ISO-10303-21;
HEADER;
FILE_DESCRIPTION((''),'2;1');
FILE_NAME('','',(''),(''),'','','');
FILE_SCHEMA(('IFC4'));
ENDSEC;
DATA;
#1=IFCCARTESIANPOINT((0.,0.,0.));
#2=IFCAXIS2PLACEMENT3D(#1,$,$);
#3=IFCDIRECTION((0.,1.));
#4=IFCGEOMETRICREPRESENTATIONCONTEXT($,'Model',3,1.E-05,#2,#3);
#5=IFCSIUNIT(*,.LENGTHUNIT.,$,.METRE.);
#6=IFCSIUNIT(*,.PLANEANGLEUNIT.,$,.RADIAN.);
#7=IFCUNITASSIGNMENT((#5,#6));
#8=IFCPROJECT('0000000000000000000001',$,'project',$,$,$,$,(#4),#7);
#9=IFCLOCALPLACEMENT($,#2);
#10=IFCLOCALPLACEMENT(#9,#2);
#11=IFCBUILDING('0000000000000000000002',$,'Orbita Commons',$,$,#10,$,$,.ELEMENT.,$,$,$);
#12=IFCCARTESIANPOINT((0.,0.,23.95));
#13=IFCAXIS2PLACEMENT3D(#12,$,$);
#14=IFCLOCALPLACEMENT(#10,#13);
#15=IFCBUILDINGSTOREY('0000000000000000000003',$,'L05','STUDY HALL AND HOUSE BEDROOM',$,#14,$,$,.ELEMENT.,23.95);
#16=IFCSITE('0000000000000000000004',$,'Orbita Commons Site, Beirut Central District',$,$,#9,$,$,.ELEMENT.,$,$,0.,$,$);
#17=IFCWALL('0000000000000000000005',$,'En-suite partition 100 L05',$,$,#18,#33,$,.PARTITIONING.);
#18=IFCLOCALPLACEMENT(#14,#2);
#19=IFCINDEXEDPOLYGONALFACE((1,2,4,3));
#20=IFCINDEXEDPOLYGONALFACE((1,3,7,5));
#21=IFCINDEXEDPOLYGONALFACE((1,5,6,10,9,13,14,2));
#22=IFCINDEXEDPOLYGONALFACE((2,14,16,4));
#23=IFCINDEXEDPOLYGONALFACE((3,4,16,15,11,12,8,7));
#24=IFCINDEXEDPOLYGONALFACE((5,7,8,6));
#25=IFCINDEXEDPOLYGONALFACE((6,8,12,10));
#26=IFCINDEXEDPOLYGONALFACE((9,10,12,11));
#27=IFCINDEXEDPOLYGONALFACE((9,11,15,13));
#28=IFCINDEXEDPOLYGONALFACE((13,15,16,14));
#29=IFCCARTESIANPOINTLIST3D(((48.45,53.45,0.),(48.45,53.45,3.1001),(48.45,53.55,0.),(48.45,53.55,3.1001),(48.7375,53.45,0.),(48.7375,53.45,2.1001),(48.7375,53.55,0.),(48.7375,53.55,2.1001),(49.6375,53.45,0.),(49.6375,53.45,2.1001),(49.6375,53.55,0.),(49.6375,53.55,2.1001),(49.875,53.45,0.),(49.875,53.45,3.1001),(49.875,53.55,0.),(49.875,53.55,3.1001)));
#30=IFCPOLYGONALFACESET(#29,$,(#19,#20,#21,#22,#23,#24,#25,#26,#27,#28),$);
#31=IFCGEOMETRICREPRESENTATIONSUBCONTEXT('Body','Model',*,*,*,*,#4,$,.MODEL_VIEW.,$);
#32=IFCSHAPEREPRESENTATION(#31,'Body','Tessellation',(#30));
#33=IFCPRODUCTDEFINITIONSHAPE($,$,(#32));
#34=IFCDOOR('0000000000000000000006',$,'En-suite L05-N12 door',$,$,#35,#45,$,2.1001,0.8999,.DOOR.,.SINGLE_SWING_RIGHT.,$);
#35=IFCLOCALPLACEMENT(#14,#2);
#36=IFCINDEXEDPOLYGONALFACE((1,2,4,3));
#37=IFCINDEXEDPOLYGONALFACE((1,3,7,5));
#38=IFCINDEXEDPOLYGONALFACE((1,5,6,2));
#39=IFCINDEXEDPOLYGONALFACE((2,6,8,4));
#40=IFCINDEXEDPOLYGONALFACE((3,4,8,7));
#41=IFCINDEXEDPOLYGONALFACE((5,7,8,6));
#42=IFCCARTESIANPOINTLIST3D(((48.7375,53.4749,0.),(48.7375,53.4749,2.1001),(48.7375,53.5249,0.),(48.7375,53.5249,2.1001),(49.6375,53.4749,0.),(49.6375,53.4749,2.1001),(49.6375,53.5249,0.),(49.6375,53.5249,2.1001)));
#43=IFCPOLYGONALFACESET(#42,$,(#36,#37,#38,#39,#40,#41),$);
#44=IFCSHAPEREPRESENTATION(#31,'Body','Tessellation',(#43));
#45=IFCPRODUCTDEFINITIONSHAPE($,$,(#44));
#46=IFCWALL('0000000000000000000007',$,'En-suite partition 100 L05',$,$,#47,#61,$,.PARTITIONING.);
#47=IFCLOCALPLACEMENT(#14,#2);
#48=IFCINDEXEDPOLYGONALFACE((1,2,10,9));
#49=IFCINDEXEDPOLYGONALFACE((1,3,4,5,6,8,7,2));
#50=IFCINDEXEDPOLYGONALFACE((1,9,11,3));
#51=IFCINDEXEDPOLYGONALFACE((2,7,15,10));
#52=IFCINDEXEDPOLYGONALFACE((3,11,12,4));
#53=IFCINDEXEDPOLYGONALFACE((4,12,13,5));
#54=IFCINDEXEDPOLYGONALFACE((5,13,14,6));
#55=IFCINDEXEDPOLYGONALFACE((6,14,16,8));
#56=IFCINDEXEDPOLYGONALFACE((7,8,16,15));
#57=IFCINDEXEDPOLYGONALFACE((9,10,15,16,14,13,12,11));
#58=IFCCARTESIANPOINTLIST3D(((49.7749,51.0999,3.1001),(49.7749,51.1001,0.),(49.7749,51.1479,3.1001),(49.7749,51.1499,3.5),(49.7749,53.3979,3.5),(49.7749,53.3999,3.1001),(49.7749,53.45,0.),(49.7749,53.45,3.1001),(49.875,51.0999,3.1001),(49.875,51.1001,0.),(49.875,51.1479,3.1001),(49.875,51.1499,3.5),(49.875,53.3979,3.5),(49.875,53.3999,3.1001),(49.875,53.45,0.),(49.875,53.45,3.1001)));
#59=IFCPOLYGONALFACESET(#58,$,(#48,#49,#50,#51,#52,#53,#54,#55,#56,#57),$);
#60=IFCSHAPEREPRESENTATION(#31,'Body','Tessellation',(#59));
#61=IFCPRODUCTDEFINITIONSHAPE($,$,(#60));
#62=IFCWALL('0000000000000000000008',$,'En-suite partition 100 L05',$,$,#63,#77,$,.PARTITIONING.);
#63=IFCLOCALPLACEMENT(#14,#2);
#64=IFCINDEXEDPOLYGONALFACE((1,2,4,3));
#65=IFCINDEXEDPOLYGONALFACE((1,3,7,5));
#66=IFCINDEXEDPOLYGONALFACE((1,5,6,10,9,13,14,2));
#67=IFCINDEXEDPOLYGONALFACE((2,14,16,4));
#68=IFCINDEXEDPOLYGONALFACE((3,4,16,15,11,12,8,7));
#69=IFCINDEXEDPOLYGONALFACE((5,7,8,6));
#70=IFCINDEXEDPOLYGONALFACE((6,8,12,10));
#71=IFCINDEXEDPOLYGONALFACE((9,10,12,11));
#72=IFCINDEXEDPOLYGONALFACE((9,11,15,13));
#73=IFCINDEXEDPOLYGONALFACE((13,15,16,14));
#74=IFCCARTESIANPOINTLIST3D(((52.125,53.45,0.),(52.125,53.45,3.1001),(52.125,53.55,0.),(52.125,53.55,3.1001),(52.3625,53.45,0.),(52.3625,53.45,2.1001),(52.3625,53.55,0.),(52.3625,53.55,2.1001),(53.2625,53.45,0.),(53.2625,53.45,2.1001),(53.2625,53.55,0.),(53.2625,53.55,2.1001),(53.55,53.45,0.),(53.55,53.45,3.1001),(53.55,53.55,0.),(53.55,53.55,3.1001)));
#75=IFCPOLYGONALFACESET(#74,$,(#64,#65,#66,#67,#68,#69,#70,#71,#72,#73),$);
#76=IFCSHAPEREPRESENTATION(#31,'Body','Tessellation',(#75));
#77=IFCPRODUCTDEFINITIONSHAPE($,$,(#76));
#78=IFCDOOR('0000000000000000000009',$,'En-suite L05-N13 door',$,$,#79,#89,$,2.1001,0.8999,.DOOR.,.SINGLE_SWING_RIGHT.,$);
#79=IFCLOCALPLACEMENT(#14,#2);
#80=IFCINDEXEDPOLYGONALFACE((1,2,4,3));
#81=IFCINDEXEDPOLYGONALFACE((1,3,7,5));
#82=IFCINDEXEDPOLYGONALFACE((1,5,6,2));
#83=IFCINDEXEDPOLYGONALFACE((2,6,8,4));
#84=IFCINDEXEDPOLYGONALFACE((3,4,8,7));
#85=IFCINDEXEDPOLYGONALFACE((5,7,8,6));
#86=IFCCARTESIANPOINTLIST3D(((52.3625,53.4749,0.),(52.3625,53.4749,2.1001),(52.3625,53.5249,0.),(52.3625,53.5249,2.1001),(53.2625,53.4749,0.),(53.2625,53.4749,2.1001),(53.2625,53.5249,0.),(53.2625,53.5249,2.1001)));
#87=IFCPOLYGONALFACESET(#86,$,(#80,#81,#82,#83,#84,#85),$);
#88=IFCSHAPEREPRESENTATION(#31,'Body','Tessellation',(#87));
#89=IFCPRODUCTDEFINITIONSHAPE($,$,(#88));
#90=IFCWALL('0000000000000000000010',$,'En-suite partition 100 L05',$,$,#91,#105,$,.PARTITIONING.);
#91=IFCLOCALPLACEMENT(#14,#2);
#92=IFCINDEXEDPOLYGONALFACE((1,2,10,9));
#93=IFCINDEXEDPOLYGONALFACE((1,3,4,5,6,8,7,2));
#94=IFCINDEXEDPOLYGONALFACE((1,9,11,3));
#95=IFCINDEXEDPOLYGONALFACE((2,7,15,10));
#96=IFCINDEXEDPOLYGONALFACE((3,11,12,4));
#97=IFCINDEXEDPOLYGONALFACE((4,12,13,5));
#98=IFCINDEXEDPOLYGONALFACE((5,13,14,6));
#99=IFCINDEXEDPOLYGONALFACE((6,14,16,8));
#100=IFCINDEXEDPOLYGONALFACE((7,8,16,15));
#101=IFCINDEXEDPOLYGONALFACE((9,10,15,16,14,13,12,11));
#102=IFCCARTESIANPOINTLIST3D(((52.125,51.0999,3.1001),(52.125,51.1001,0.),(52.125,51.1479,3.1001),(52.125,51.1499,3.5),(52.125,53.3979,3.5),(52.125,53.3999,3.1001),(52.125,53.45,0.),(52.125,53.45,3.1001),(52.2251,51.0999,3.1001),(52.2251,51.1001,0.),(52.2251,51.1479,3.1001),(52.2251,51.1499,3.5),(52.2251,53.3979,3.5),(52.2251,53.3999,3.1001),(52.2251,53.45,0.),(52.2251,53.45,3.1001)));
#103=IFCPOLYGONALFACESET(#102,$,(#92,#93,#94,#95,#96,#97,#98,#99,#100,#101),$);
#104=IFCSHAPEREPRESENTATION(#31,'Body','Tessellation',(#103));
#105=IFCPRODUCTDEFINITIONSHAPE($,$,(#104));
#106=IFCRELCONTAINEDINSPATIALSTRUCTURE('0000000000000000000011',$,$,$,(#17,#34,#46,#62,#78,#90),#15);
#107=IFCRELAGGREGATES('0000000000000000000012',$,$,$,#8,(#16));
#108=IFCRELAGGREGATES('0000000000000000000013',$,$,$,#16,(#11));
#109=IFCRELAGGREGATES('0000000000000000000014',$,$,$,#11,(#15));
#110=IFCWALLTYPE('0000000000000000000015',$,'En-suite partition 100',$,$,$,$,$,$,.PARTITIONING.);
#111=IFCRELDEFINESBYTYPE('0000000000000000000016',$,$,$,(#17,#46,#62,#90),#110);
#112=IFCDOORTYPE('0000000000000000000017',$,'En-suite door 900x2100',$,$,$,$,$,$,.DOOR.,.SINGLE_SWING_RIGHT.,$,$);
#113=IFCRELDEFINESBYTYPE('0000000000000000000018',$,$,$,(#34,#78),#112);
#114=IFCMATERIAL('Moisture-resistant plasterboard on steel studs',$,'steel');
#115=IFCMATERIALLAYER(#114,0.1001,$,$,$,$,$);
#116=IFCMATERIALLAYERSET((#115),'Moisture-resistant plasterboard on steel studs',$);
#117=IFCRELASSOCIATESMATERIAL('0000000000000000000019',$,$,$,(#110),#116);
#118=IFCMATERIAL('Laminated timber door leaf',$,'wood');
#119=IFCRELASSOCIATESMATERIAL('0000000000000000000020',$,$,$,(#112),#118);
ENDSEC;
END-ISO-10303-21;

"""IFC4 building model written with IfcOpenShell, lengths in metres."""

from ifc_helpers import new_model, si_unit, direction, frame, frame_2d, origin, place, context, subcontext, project, spatial, polyline, rectangle, outline, extrude, material, layer, layer_set, type_object, element, fill, save


model = new_model("IFC4")

# Units and contexts
model_context = context("Model", 3, precision=1e-05, world=origin(), true_north=direction((0.0, 1.0)))
body_context = subcontext(model_context, "Body", "Model", "MODEL_VIEW")
ifc_project = project(units=[si_unit("LENGTHUNIT", "METRE"), si_unit("PLANEANGLEUNIT", "RADIAN")], contexts=[model_context])

# Site, building, storey
site_placement = place(None, origin())
site = spatial("IfcSite", under=ifc_project, at=site_placement, Name="Orbita Commons Site, Beirut Central District", CompositionType="ELEMENT", RefElevation=0.0)
building_placement = place(site_placement, origin())
building = spatial("IfcBuilding", under=site, at=building_placement, Name="Orbita Commons", CompositionType="ELEMENT")
storey_placement = place(building_placement, frame((0.0, 0.0, 23.95)))
storey = spatial("IfcBuildingStorey", under=building, at=storey_placement, Name="L05", Description="STUDY HALL AND HOUSE BEDROOM", CompositionType="ELEMENT", Elevation=23.95)

# Wall, opening, door
ifc_material_1 = material(Name="Moisture-resistant plasterboard on steel studs", Category="steel")
ifc_layer_1 = layer(ifc_material_1, 0.1001)
ifc_layer_set_1 = layer_set([ifc_layer_1], Name="Moisture-resistant plasterboard on steel studs")
wall_type_1 = type_object("IfcWallType", Name="En-suite partition 100", PredefinedType="PARTITIONING", material=ifc_layer_set_1)
wall_1_placement = place(storey_placement, frame((48.45, 53.5, 0.0), z_axis=(0.0, 0.0, 1.0), x_axis=(1.0, 0.0, 0.0)))
wall_1 = element("IfcWall", 1, at=wall_1_placement, inside=storey, type_object=wall_type_1, Name="En-suite partition 100 L05", PredefinedType="PARTITIONING", context=body_context, shape_type="SweptSolid", body=[
    extrude(outline(polyline([(0.0, 0.0), (1.425, 0.0), (1.425, 3.1001), (0.0, 3.1001), (0.0, 0.0)])), frame((0.0, 0.05, 0.0), z_axis=(0.0, -1.0, 0.0), x_axis=(1.0, 0.0, 0.0)), (0.0, 0.0, 1.0), 0.1001),
])
opening_1_placement = place(wall_1_placement, frame((0.2876, 0.0, 0.0)))
opening_1 = element("IfcOpeningElement", 2, at=opening_1_placement, cuts=wall_1, PredefinedType="OPENING", context=body_context, shape_type="SweptSolid", body=[
    extrude(rectangle(XDim=0.8999, YDim=2.1001, at=frame_2d((0.45, 1.05))), frame((0.0, 0.0601, 0.0), z_axis=(0.0, -1.0, 0.0), x_axis=(1.0, 0.0, 0.0)), (0.0, 0.0, 1.0), 0.1201),
])
ifc_material_2 = material(Name="Laminated timber door leaf", Category="wood")
door_type_1 = type_object("IfcDoorType", Name="En-suite door 900x2100", OperationType="SINGLE_SWING_RIGHT", PredefinedType="DOOR", material=ifc_material_2)
door_1_placement = place(opening_1_placement, origin())
door_1 = element("IfcDoor", 3, at=door_1_placement, inside=storey, type_object=door_type_1, Name="En-suite L05-N12 door", OperationType="SINGLE_SWING_RIGHT", OverallHeight=2.1001, OverallWidth=0.8999, PredefinedType="DOOR", context=body_context, shape_type="SweptSolid", body=[
    extrude(rectangle(XDim=0.8999, YDim=2.1001, at=frame_2d((0.45, 1.05))), frame((0.0, 0.0249, 0.0), z_axis=(0.0, -1.0, 0.0), x_axis=(1.0, 0.0, 0.0)), (0.0, 0.0, 1.0), 0.05),
])
fill(opening_1, door_1)

# Wall
wall_2_placement = place(storey_placement, frame((49.825, 53.45, 0.0), z_axis=(0.0, 0.0, 1.0), x_axis=(0.0, -1.0, 0.0)))
element("IfcWall", 4, at=wall_2_placement, inside=storey, type_object=wall_type_1, Name="En-suite partition 100 L05", PredefinedType="PARTITIONING", context=body_context, shape_type="SweptSolid", body=[
    extrude(outline(polyline([(0.0, 0.0), (2.3499, 0.0), (2.3501, 3.1001), (2.302, 3.1001), (2.3, 3.5), (0.052, 3.5), (0.05, 3.1001), (0.0, 3.1001), (0.0, 0.0)])), frame((0.0, 0.05, 0.0), z_axis=(0.0, -1.0, 0.0), x_axis=(1.0, 0.0, 0.0)), (0.0, 0.0, 1.0), 0.1001),
])

# Wall, opening, door
wall_3_placement = place(storey_placement, frame((52.125, 53.5, 0.0), z_axis=(0.0, 0.0, 1.0), x_axis=(1.0, 0.0, 0.0)))
wall_3 = element("IfcWall", 5, at=wall_3_placement, inside=storey, type_object=wall_type_1, Name="En-suite partition 100 L05", PredefinedType="PARTITIONING", context=body_context, shape_type="SweptSolid", body=[
    extrude(outline(polyline([(0.0, 0.0), (1.425, 0.0), (1.425, 3.1001), (0.0, 3.1001), (0.0, 0.0)])), frame((0.0, 0.05, 0.0), z_axis=(0.0, -1.0, 0.0), x_axis=(1.0, 0.0, 0.0)), (0.0, 0.0, 1.0), 0.1001),
])
opening_2_placement = place(wall_3_placement, frame((0.2375, 0.0, 0.0)))
opening_2 = element("IfcOpeningElement", 6, at=opening_2_placement, cuts=wall_3, PredefinedType="OPENING", context=body_context, shape_type="SweptSolid", body=[
    extrude(rectangle(XDim=0.8999, YDim=2.1001, at=frame_2d((0.45, 1.05))), frame((0.0, 0.0601, 0.0), z_axis=(0.0, -1.0, 0.0), x_axis=(1.0, 0.0, 0.0)), (0.0, 0.0, 1.0), 0.1201),
])
door_2_placement = place(opening_2_placement, origin())
door_2 = element("IfcDoor", 7, at=door_2_placement, inside=storey, type_object=door_type_1, Name="En-suite L05-N13 door", OperationType="SINGLE_SWING_RIGHT", OverallHeight=2.1001, OverallWidth=0.8999, PredefinedType="DOOR", context=body_context, shape_type="SweptSolid", body=[
    extrude(rectangle(XDim=0.8999, YDim=2.1001, at=frame_2d((0.45, 1.05))), frame((0.0, 0.0249, 0.0), z_axis=(0.0, -1.0, 0.0), x_axis=(1.0, 0.0, 0.0)), (0.0, 0.0, 1.0), 0.05),
])
fill(opening_2, door_2)

# Wall
wall_4_placement = place(storey_placement, frame((52.175, 53.45, 0.0), z_axis=(0.0, 0.0, 1.0), x_axis=(0.0, -1.0, 0.0)))
element("IfcWall", 8, at=wall_4_placement, inside=storey, type_object=wall_type_1, Name="En-suite partition 100 L05", PredefinedType="PARTITIONING", context=body_context, shape_type="SweptSolid", body=[
    extrude(outline(polyline([(0.0, 0.0), (2.3499, 0.0), (2.3501, 3.1001), (2.302, 3.1001), (2.3, 3.5), (0.052, 3.5), (0.05, 3.1001), (0.0, 3.1001), (0.0, 0.0)])), frame((0.0, 0.05, 0.0), z_axis=(0.0, -1.0, 0.0), x_axis=(1.0, 0.0, 0.0)), (0.0, 0.0, 1.0), 0.1001),
])

save(model, "model.ifc")
